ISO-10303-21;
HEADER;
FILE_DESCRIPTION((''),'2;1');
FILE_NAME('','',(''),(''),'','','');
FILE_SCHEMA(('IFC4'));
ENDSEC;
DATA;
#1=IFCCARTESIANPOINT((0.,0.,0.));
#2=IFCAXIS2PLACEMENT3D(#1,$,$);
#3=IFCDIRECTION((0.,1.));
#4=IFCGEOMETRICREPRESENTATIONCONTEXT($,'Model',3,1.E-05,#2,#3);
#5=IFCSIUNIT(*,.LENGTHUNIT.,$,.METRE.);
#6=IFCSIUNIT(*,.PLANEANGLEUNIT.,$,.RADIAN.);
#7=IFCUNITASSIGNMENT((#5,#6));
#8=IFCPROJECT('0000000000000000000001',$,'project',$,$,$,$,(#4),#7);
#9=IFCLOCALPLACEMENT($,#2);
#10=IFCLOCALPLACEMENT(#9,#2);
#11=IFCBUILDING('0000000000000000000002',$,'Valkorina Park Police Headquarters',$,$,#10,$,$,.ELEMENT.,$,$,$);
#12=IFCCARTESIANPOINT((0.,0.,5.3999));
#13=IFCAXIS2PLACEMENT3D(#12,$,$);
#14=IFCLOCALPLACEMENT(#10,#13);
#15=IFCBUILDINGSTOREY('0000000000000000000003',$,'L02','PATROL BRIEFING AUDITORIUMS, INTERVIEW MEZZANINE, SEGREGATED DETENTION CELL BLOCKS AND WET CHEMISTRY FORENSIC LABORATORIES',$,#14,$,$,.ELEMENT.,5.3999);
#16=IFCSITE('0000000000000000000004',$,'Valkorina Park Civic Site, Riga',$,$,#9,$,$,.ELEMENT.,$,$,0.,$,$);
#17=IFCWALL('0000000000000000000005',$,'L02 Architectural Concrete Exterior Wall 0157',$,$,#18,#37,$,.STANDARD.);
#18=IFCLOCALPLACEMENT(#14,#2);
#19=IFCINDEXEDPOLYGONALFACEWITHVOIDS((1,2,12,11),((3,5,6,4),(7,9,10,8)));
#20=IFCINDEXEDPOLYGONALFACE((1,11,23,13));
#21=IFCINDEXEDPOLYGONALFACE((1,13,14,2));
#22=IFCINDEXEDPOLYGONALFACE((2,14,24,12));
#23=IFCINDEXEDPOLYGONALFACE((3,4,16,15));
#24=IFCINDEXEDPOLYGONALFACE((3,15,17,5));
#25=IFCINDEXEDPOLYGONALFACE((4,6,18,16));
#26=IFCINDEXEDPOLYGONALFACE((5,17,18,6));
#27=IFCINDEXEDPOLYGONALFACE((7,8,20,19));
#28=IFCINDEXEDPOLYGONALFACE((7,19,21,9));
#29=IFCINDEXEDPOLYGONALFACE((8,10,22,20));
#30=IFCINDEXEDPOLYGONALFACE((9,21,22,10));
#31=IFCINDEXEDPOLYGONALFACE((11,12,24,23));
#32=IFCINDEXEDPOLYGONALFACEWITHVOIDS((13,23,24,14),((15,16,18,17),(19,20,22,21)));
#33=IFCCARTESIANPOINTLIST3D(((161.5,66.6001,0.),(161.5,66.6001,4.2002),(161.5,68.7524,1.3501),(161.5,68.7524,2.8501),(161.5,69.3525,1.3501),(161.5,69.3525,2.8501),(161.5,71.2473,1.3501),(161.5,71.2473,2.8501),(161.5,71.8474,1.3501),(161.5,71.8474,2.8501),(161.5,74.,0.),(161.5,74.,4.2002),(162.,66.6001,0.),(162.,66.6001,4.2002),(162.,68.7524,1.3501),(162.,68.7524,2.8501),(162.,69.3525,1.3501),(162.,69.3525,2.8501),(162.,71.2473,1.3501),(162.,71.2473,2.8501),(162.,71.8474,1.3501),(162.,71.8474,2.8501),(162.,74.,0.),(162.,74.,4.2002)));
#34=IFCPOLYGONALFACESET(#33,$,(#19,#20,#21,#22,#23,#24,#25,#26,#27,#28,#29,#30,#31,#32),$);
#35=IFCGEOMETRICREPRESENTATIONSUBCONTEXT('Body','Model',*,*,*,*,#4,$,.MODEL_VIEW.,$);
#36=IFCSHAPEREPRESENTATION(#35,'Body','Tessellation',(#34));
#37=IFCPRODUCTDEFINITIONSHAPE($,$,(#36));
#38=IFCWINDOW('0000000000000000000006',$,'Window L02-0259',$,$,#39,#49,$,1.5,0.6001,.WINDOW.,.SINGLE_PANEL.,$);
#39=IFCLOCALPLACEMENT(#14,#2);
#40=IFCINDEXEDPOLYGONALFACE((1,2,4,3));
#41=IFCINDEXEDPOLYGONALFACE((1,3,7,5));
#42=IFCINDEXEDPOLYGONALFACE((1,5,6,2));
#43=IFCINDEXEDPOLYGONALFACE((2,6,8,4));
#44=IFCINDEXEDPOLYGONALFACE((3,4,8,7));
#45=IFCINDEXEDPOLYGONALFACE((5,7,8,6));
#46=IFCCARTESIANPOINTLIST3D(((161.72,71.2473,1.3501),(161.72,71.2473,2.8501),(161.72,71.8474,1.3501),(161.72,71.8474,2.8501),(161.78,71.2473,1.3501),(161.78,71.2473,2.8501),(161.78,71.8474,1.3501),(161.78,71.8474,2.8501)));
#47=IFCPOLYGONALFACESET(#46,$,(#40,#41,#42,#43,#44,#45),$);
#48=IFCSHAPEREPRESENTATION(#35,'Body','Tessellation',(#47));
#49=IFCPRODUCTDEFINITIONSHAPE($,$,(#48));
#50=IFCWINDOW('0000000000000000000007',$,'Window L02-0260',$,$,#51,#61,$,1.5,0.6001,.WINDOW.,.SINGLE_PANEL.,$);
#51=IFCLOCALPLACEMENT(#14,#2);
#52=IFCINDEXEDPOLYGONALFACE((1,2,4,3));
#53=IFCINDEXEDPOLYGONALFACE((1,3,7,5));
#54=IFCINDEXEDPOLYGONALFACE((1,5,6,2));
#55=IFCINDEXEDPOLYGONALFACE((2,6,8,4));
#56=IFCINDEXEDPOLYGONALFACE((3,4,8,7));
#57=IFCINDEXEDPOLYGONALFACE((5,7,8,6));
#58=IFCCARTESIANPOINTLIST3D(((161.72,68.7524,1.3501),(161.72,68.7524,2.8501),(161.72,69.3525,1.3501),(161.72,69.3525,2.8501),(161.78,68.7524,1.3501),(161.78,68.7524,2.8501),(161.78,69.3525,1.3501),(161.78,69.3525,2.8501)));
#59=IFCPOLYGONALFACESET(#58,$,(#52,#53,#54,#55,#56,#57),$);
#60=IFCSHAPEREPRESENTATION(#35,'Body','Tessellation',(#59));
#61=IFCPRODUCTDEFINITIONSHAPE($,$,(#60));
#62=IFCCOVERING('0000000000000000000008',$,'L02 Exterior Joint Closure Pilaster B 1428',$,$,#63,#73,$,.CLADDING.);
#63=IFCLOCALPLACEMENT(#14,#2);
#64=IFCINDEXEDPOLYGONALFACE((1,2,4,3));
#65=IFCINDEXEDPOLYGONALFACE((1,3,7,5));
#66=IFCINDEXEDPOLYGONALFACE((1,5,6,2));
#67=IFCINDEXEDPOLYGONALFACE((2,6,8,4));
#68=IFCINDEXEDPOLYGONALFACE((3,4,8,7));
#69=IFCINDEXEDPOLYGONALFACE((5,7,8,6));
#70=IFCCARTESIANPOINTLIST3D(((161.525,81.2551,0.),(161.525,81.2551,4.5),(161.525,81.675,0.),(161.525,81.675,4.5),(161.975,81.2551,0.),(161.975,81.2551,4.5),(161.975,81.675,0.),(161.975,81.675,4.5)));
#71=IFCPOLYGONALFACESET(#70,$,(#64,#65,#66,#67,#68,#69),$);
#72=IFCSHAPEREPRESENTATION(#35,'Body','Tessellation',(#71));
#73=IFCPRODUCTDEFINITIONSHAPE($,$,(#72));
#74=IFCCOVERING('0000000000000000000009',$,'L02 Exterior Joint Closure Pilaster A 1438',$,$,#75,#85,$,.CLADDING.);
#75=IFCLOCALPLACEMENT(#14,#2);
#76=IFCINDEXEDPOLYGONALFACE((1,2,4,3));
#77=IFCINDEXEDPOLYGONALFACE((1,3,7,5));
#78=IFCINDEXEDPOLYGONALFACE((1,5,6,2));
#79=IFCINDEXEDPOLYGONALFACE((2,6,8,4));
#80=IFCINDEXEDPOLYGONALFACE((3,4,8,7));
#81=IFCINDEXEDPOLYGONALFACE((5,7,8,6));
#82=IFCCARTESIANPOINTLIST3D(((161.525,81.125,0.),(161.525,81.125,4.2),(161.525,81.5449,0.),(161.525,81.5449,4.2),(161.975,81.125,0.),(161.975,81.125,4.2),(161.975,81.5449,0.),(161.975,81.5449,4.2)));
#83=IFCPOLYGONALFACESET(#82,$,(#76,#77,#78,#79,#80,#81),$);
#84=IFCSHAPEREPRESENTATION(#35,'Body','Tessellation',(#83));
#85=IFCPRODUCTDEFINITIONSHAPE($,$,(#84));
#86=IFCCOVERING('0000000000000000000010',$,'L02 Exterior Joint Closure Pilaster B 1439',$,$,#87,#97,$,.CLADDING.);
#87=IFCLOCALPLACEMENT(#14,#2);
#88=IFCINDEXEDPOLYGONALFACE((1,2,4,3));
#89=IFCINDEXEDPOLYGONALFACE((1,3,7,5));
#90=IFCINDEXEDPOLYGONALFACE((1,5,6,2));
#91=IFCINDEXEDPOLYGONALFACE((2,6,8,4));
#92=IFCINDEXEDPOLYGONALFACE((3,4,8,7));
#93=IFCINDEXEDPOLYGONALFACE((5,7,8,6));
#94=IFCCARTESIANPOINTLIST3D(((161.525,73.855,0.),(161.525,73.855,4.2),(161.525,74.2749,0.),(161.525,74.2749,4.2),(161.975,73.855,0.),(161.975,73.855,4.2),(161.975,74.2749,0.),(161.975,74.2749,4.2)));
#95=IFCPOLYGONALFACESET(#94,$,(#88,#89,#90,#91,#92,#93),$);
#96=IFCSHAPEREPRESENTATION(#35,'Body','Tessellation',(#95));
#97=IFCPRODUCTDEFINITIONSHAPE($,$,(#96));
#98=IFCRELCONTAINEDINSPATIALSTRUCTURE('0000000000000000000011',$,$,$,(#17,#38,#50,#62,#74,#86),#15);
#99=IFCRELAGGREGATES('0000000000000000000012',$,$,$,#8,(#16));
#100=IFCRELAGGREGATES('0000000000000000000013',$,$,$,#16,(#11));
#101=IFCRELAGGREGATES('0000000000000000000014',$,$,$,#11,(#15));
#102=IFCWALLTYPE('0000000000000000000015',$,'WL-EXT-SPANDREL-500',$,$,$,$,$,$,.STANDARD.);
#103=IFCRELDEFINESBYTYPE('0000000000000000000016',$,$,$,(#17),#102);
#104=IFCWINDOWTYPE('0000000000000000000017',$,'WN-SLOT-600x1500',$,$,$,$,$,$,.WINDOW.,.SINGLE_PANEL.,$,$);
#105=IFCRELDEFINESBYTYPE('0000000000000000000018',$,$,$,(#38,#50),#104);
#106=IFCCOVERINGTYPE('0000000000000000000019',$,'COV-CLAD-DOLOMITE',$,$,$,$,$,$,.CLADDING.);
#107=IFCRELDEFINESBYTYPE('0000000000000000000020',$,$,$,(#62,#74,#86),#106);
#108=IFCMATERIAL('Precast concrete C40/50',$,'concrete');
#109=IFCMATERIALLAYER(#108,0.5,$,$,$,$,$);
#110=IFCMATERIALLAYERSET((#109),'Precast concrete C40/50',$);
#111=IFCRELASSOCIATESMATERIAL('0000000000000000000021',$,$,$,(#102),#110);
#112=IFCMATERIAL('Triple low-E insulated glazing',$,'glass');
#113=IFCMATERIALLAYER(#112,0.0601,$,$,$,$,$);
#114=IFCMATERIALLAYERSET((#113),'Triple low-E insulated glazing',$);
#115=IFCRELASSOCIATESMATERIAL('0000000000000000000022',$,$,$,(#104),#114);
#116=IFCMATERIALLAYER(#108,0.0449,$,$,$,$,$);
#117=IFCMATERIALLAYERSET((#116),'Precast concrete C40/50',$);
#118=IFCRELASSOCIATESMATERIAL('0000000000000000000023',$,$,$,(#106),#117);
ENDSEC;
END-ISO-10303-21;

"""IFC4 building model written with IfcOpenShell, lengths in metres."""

from ifc_helpers import new_model, si_unit, direction, frame, frame_2d, origin, origin_2d, place, context, subcontext, project, spatial, rectangle, extrude, material, layer, layer_set, type_object, element, fill, save


model = new_model("IFC4")

# Units and contexts
model_context = context("Model", 3, precision=1e-05, world=origin(), true_north=direction((0.0, 1.0)))
body_context = subcontext(model_context, "Body", "Model", "MODEL_VIEW")
ifc_project = project(units=[si_unit("LENGTHUNIT", "METRE"), si_unit("PLANEANGLEUNIT", "RADIAN")], contexts=[model_context])

# Site, building, storey
site_placement = place(None, origin())
site = spatial("IfcSite", under=ifc_project, at=site_placement, Name="Valkorina Park Civic Site, Riga", CompositionType="ELEMENT", RefElevation=0.0)
building_placement = place(site_placement, origin())
building = spatial("IfcBuilding", under=site, at=building_placement, Name="Valkorina Park Police Headquarters", CompositionType="ELEMENT")
storey_placement = place(building_placement, frame((0.0, 0.0, 5.3999)))
storey = spatial("IfcBuildingStorey", under=building, at=storey_placement, Name="L02", Description="PATROL BRIEFING AUDITORIUMS, INTERVIEW MEZZANINE, SEGREGATED DETENTION CELL BLOCKS AND WET CHEMISTRY FORENSIC LABORATORIES", CompositionType="ELEMENT", Elevation=5.3999)

# Wall, openings, windows
ifc_material_1 = material(Name="Precast concrete C40/50", Category="concrete")
ifc_layer_1 = layer(ifc_material_1, 0.5)
ifc_layer_set_1 = layer_set([ifc_layer_1], Name="Precast concrete C40/50")
wall_type = type_object("IfcWallType", Name="WL-EXT-SPANDREL-500", PredefinedType="STANDARD", material=ifc_layer_set_1)
ifc_material_2 = material(Name="Triple low-E insulated glazing", Category="glass")
wall_1_placement = place(storey_placement, frame((161.75, 74.0, 0.0), z_axis=(0.0, 0.0, 1.0), x_axis=(0.0, -1.0, 0.0)))
wall_1 = element("IfcWall", 1, at=wall_1_placement, inside=storey, type_object=wall_type, Name="L02 Architectural Concrete Exterior Wall 0157", PredefinedType="STANDARD", context=body_context, shape_type="SweptSolid", body=[
    extrude(rectangle(XDim=7.3999, YDim=0.5, at=frame_2d((3.7, 0.0))), origin(), (0.0, 0.0, 1.0), 4.2002),
])
opening_1_placement = place(wall_1_placement, frame((2.1526, 0.0, 1.3501)))
opening_1 = element("IfcOpeningElement", 2, at=opening_1_placement, cuts=wall_1, PredefinedType="OPENING", context=body_context, shape_type="SweptSolid", body=[
    extrude(rectangle(XDim=0.6001, YDim=1.5, at=frame_2d((0.3, 0.75))), frame((0.0, 0.26, 0.0), z_axis=(0.0, -1.0, 0.0), x_axis=(1.0, 0.0, 0.0)), (0.0, 0.0, 1.0), 0.52),
])
opening_2_placement = place(wall_1_placement, frame((4.6475, 0.0, 1.3501)))
opening_2 = element("IfcOpeningElement", 3, at=opening_2_placement, cuts=wall_1, PredefinedType="OPENING", context=body_context, shape_type="SweptSolid", body=[
    extrude(rectangle(XDim=0.6001, YDim=1.5, at=frame_2d((0.3, 0.75))), frame((0.0, 0.26, 0.0), z_axis=(0.0, -1.0, 0.0), x_axis=(1.0, 0.0, 0.0)), (0.0, 0.0, 1.0), 0.52),
])
ifc_layer_2 = layer(ifc_material_2, 0.0601)
ifc_layer_set_2 = layer_set([ifc_layer_2], Name="Triple low-E insulated glazing")
window_type_1 = type_object("IfcWindowType", Name="WN-SLOT-600x1500", PartitioningType="SINGLE_PANEL", PredefinedType="WINDOW", material=ifc_layer_set_2)
window_1_placement = place(opening_1_placement, origin())
window_1 = element("IfcWindow", 4, at=window_1_placement, inside=storey, type_object=window_type_1, Name="Window L02-0259", OverallHeight=1.5, OverallWidth=0.6001, PartitioningType="SINGLE_PANEL", PredefinedType="WINDOW", context=body_context, shape_type="SweptSolid", body=[
    extrude(rectangle(XDim=0.6001, YDim=1.5, at=frame_2d((0.3, 0.75))), frame((0.0, 0.03, 0.0), z_axis=(0.0, -1.0, 0.0), x_axis=(1.0, 0.0, 0.0)), (0.0, 0.0, 1.0), 0.0601),
])
fill(opening_1, window_1)
window_2_placement = place(opening_2_placement, origin())
window_2 = element("IfcWindow", 5, at=window_2_placement, inside=storey, type_object=window_type_1, Name="Window L02-0260", OverallHeight=1.5, OverallWidth=0.6001, PartitioningType="SINGLE_PANEL", PredefinedType="WINDOW", context=body_context, shape_type="SweptSolid", body=[
    extrude(rectangle(XDim=0.6001, YDim=1.5, at=frame_2d((0.3, 0.75))), frame((0.0, 0.03, 0.0), z_axis=(0.0, -1.0, 0.0), x_axis=(1.0, 0.0, 0.0)), (0.0, 0.0, 1.0), 0.0601),
])
fill(opening_2, window_2)

# Coverings
ifc_layer_3 = layer(ifc_material_1, 0.0449)
ifc_layer_set_3 = layer_set([ifc_layer_3], Name="Precast concrete C40/50")
covering_type = type_object("IfcCoveringType", Name="COV-CLAD-DOLOMITE", PredefinedType="CLADDING", material=ifc_layer_set_3)
covering_placement = place(storey_placement, frame((161.75, 81.4651, 0.0), z_axis=(0.0, 0.0, 1.0), x_axis=(0.0, 1.0, 0.0)))
element("IfcCovering", 6, at=covering_placement, inside=storey, type_object=covering_type, Name="L02 Exterior Joint Closure Pilaster B 1428", PredefinedType="CLADDING", context=body_context, shape_type="SweptSolid", body=[
    extrude(rectangle(XDim=0.4199, YDim=0.45, at=origin_2d()), origin(), (0.0, 0.0, 1.0), 4.5),
])
for number, where, z_axis, x_axis, name in (
    (7, (161.75, 81.335, 0.0), (0.0, 0.0, 1.0), (0.0, 1.0, 0.0), "L02 Exterior Joint Closure Pilaster A 1438"),
    (8, (161.75, 74.0649, 0.0), (0.0, 0.0, 1.0), (0.0, 1.0, 0.0), "L02 Exterior Joint Closure Pilaster B 1439"),
):
    element("IfcCovering", number, at=place(storey_placement, frame(where, z_axis=z_axis, x_axis=x_axis)), inside=storey, type_object=covering_type, Name=name, PredefinedType="CLADDING", context=body_context, shape_type="SweptSolid", body=[
        extrude(rectangle(XDim=0.4199, YDim=0.45, at=origin_2d()), origin(), (0.0, 0.0, 1.0), 4.2),
    ])

save(model, "model.ifc")
